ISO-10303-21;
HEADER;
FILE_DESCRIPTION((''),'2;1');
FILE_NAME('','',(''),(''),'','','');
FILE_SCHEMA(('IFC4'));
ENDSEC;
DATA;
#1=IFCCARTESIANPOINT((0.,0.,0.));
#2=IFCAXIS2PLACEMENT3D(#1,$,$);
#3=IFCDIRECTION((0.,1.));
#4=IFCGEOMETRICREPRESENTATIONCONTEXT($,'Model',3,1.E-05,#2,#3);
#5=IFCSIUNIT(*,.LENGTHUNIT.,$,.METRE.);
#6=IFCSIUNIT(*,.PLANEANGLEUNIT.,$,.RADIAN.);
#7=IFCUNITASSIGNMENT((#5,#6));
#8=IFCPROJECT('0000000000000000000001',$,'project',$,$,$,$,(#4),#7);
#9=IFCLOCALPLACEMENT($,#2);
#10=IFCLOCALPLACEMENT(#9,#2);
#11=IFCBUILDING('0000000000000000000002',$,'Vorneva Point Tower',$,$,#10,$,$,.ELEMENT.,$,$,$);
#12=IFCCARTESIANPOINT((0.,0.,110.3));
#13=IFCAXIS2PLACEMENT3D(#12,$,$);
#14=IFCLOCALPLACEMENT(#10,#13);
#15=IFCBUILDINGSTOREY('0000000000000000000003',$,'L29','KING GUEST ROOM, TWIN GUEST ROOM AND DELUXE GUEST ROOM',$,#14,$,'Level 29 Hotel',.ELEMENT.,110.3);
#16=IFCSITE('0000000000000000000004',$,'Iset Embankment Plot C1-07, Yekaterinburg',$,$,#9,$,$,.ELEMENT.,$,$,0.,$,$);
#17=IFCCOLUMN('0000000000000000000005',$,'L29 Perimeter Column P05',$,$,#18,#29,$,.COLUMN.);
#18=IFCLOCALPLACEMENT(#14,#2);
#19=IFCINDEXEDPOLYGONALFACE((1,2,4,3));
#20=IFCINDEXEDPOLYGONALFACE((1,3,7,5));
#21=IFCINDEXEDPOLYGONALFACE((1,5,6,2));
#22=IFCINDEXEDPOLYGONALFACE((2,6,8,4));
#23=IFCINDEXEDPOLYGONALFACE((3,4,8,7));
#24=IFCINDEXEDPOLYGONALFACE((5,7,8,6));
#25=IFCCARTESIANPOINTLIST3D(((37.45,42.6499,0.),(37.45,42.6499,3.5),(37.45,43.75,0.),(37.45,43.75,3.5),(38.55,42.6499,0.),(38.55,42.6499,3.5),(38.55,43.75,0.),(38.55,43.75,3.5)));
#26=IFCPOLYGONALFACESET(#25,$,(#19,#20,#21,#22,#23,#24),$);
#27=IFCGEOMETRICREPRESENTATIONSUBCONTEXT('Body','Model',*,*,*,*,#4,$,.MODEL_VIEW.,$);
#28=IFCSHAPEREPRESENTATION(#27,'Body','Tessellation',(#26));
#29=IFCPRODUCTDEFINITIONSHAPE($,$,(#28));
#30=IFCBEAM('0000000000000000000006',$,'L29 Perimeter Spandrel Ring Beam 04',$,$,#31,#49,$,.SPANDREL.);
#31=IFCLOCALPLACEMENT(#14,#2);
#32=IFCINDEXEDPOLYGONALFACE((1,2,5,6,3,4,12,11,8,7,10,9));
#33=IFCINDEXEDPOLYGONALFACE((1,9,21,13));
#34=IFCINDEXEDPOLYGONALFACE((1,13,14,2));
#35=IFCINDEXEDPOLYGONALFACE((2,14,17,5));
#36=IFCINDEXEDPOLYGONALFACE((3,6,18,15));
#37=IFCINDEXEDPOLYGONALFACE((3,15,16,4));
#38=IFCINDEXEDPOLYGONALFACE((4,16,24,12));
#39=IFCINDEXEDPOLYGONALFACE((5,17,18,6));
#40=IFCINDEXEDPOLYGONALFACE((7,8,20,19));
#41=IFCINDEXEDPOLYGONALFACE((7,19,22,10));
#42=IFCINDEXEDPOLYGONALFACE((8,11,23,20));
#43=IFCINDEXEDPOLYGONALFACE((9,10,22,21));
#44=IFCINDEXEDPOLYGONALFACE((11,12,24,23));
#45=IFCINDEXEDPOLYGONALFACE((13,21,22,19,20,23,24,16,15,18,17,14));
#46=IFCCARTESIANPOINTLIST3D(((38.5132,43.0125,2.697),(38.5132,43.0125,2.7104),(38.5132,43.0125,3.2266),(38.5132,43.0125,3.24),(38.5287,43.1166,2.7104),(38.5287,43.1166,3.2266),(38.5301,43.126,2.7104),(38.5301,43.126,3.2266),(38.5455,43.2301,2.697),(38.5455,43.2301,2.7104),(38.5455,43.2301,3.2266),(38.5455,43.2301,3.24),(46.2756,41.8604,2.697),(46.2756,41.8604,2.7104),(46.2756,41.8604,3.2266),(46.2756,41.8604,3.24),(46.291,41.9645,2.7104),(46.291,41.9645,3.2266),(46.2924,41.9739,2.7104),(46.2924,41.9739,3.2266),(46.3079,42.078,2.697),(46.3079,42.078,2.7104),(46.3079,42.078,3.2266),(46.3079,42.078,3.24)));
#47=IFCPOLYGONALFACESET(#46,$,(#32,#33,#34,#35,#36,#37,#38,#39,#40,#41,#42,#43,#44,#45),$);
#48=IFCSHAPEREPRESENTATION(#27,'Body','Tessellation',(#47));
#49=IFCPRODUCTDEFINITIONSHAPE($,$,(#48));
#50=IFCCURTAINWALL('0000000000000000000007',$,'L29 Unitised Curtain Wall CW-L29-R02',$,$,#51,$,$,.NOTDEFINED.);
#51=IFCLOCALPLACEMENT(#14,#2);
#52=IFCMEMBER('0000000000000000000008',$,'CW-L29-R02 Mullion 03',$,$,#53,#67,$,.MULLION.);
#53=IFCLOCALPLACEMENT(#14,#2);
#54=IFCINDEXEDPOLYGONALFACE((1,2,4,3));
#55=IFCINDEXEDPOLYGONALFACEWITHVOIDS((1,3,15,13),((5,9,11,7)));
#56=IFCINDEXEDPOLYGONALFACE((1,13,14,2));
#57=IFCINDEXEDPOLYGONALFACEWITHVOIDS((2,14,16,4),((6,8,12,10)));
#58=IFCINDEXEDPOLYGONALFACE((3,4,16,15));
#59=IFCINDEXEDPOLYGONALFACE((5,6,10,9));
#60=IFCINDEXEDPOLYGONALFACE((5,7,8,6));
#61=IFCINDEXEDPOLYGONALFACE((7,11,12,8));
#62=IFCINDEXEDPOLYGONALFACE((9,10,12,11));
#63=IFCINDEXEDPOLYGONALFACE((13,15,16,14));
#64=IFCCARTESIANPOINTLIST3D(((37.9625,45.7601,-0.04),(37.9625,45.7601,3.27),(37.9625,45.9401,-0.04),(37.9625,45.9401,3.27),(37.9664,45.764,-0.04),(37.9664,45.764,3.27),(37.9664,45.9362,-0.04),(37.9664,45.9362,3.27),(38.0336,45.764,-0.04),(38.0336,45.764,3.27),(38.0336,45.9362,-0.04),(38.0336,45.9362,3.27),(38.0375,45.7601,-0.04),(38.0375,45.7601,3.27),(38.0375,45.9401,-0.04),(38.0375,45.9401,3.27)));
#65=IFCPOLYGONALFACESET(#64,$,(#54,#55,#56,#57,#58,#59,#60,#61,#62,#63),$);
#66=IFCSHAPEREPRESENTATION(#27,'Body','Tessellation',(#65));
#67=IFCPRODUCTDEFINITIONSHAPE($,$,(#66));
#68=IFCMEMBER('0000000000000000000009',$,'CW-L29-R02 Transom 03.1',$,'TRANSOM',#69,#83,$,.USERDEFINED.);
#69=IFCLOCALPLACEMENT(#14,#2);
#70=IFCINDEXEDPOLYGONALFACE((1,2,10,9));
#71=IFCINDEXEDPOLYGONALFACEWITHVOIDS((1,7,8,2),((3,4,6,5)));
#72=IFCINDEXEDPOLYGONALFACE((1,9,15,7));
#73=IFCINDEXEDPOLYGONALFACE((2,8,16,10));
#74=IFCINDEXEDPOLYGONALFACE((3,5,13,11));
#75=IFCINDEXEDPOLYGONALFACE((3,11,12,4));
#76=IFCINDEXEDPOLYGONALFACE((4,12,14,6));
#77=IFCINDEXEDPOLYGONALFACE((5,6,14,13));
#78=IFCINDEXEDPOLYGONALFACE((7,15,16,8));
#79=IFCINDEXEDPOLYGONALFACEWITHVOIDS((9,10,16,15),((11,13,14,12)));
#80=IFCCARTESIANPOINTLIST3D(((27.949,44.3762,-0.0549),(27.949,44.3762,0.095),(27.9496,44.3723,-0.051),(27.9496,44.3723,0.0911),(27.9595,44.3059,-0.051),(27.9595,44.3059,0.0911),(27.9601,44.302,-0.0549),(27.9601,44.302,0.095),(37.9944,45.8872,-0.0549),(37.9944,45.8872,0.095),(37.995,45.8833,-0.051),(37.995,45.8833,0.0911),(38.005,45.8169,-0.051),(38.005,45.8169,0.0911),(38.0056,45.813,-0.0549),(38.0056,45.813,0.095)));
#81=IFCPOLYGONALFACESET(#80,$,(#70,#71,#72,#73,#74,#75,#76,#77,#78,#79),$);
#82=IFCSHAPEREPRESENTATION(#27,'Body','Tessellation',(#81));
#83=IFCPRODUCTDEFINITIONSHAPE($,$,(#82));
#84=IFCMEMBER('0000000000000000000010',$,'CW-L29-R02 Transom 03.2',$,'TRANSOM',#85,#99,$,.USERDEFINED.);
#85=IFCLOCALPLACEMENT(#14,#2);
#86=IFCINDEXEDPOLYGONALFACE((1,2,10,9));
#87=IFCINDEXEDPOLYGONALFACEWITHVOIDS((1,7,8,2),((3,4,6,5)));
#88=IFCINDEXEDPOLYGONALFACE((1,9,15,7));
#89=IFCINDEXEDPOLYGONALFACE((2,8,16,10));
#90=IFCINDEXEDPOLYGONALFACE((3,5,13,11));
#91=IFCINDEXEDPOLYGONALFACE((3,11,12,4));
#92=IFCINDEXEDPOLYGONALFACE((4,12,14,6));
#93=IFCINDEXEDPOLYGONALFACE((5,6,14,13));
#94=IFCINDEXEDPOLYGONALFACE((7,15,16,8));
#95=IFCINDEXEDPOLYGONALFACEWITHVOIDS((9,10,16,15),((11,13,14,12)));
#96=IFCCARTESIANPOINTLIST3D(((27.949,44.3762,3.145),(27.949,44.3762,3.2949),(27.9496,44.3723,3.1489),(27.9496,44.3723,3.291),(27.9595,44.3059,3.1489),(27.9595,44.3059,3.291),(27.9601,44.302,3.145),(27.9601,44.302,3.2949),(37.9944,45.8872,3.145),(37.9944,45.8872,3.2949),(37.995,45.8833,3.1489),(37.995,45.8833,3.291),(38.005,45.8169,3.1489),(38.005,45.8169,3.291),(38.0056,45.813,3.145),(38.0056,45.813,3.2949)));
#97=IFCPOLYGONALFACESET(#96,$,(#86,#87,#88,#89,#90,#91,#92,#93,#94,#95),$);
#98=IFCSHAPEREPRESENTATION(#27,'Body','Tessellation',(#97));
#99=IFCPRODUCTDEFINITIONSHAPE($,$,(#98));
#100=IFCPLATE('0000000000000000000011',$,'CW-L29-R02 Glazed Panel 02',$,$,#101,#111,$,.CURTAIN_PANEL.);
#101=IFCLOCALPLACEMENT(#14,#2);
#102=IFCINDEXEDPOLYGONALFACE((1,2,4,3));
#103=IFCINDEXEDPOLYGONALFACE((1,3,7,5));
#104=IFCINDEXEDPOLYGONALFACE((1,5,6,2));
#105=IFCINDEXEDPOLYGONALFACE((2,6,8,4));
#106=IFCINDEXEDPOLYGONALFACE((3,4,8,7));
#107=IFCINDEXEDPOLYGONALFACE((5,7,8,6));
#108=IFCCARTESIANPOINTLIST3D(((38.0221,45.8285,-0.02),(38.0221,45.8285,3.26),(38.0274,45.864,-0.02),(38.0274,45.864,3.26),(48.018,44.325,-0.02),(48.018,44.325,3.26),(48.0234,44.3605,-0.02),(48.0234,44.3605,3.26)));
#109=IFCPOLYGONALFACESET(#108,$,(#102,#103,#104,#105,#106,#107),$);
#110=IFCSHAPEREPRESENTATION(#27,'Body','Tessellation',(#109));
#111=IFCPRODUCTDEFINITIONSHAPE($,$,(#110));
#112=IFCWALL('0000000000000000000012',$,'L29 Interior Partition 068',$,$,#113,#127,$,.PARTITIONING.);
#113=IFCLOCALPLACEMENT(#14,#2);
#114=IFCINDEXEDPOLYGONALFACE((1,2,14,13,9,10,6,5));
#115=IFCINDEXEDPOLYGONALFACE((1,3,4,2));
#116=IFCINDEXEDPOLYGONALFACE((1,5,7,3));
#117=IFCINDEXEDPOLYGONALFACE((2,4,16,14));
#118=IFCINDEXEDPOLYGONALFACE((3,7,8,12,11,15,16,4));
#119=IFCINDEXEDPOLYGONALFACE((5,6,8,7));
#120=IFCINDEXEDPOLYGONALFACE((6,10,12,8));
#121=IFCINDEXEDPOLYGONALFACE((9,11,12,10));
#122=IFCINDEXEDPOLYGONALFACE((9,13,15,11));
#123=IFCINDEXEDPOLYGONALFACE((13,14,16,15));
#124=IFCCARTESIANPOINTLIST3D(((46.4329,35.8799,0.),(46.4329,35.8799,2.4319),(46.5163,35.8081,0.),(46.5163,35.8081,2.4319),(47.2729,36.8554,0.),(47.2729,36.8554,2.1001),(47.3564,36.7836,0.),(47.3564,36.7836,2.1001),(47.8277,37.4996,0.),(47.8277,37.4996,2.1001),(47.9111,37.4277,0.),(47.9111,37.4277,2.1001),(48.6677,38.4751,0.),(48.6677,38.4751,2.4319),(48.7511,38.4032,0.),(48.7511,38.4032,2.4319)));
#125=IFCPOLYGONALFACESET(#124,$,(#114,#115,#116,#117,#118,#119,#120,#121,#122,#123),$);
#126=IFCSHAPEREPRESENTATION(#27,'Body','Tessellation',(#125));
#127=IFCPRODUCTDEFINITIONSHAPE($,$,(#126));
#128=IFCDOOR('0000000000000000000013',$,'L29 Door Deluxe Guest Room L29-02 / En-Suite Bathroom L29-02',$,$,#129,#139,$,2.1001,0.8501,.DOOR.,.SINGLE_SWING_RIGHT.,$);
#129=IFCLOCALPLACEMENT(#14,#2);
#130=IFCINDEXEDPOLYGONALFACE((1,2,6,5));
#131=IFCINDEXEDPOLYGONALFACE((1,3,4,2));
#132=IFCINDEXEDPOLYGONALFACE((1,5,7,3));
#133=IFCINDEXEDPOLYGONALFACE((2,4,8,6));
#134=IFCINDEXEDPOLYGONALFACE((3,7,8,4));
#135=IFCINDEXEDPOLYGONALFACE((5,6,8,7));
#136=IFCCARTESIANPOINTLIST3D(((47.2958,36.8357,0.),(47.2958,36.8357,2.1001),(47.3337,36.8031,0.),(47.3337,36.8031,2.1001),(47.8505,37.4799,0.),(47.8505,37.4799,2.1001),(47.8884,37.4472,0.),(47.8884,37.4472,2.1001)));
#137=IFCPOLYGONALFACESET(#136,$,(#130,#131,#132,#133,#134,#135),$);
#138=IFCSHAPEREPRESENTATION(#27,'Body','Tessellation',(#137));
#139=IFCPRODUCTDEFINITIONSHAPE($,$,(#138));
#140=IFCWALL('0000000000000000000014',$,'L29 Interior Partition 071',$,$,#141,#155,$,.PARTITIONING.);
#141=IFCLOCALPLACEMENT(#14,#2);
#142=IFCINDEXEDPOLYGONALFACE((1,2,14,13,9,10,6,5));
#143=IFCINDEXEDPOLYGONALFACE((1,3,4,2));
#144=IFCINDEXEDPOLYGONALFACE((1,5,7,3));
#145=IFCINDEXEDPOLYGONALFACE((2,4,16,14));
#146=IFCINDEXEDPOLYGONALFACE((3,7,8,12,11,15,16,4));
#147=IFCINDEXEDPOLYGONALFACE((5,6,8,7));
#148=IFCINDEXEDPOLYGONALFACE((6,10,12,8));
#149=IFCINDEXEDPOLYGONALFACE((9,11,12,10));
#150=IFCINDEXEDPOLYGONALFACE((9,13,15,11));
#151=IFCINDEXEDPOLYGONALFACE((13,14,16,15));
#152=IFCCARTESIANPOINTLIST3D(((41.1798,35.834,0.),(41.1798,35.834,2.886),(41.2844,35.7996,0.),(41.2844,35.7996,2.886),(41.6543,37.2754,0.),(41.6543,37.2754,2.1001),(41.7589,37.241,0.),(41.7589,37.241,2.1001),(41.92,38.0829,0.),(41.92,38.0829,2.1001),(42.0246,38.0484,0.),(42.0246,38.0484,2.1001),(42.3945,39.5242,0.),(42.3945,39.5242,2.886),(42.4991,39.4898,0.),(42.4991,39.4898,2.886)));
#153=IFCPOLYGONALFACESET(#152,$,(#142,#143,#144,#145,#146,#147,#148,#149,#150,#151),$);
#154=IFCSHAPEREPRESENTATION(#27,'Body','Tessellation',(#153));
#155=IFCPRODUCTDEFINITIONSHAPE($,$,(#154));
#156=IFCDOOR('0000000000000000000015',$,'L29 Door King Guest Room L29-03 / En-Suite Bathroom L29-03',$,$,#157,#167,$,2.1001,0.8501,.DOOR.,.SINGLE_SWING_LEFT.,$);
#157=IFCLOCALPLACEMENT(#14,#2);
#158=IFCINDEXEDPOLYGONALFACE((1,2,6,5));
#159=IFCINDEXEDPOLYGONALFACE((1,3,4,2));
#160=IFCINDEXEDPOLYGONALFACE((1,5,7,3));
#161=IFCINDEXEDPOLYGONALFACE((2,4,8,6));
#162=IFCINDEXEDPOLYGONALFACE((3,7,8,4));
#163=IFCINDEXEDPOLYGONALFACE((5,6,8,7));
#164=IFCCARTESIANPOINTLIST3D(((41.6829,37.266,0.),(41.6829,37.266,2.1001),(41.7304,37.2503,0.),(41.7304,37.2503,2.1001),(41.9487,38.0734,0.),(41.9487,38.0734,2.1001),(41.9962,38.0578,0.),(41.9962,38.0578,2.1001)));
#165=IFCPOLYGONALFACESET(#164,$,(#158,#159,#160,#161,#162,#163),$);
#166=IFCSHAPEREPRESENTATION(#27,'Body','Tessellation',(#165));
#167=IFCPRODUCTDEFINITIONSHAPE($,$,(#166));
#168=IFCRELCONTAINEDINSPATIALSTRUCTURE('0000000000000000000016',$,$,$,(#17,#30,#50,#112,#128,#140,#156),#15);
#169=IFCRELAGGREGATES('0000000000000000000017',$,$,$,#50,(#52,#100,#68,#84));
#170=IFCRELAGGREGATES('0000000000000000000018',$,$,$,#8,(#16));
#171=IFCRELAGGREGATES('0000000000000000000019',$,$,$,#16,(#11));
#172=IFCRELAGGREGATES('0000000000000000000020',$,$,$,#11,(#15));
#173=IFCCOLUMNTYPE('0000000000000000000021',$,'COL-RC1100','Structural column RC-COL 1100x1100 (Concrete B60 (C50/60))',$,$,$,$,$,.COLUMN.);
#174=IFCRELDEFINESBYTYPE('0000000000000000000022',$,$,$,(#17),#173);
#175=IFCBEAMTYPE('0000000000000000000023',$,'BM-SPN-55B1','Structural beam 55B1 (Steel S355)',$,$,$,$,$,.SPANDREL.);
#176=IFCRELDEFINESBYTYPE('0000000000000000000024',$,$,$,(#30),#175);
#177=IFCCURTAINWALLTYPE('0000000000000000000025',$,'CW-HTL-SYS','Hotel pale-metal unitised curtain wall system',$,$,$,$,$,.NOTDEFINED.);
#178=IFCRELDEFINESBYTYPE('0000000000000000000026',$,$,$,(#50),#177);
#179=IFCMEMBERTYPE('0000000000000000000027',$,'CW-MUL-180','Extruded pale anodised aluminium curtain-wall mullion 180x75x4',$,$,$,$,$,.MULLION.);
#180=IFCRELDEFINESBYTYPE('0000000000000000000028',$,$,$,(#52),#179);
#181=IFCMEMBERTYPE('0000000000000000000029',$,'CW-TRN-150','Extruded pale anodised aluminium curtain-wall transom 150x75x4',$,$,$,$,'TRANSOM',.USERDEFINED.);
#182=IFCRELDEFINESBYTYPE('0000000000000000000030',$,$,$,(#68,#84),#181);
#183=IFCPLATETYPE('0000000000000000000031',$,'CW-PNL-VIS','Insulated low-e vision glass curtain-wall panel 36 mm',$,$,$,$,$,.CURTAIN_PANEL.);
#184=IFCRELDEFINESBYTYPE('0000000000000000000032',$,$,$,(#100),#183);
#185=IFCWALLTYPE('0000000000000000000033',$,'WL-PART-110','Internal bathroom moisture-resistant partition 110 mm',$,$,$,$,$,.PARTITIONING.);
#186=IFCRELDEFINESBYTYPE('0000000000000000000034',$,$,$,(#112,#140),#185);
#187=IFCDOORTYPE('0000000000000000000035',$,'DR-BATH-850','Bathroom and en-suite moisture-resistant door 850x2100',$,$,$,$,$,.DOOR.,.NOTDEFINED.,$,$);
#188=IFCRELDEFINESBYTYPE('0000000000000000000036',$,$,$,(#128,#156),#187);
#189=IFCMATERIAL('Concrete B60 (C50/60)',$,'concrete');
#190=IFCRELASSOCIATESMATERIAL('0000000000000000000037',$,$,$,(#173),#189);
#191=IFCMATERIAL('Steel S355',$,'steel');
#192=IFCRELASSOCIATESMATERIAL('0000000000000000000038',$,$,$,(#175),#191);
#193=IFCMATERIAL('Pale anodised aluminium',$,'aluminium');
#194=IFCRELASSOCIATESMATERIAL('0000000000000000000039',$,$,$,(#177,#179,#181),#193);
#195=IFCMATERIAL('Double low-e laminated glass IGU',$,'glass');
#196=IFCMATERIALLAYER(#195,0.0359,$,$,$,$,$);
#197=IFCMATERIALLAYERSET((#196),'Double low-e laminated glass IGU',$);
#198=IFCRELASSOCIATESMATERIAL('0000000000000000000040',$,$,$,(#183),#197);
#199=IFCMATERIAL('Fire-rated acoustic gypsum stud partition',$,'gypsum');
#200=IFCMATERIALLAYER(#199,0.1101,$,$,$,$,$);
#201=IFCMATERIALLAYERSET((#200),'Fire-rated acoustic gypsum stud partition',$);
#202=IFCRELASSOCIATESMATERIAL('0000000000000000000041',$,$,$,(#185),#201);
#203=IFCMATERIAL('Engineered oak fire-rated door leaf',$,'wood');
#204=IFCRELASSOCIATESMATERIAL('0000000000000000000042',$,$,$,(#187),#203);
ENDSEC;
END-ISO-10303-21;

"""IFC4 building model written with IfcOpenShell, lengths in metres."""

from ifc_helpers import new_model, si_unit, direction, frame, frame_2d, origin, origin_2d, place, context, subcontext, project, spatial, rectangle, hollow_rectangle, i_section, extrude, material, layer, layer_set, material_profile, profile_set, type_object, element, fill, aggregate, save


model = new_model("IFC4")

# Units and contexts
model_context = context("Model", 3, precision=1e-05, world=origin(), true_north=direction((0.0, 1.0)))
body_context = subcontext(model_context, "Body", "Model", "MODEL_VIEW")
ifc_project = project(units=[si_unit("LENGTHUNIT", "METRE"), si_unit("PLANEANGLEUNIT", "RADIAN")], contexts=[model_context])

# Site, building, storey
site_placement = place(None, origin())
site = spatial("IfcSite", under=ifc_project, at=site_placement, Name="Iset Embankment Plot C1-07, Yekaterinburg", CompositionType="ELEMENT", RefElevation=0.0)
building_placement = place(site_placement, origin())
building = spatial("IfcBuilding", under=site, at=building_placement, Name="Vorneva Point Tower", CompositionType="ELEMENT")
storey_placement = place(building_placement, frame((0.0, 0.0, 110.3)))
storey = spatial("IfcBuildingStorey", under=building, at=storey_placement, Name="L29", Description="KING GUEST ROOM, TWIN GUEST ROOM AND DELUXE GUEST ROOM", LongName="Level 29 Hotel", CompositionType="ELEMENT", Elevation=110.3)

# Column
ifc_material_1 = material(Name="Concrete B60 (C50/60)", Category="concrete")
ifc_material_profile_1 = material_profile(ifc_material_1, rectangle(XDim=1.1001, YDim=1.1001, at=origin_2d()), Name="RC-COL 1100x1100")
ifc_profile_set_1 = profile_set([ifc_material_profile_1], Name="Concrete B60 (C50/60)")
column_type = type_object("IfcColumnType", Name="COL-RC1100", Description="Structural column RC-COL 1100x1100 (Concrete B60 (C50/60))", PredefinedType="COLUMN", material=ifc_profile_set_1)
column_placement = place(storey_placement, frame((38.0, 43.2, 0.0), z_axis=(0.0, 0.0, 1.0), x_axis=(0.0, 1.0, 0.0)))
element("IfcColumn", 1, at=column_placement, inside=storey, type_object=column_type, Name="L29 Perimeter Column P05", PredefinedType="COLUMN", context=body_context, shape_type="SweptSolid", body=[
    extrude(rectangle(XDim=1.1001, YDim=1.1001, at=origin_2d()), origin(), (0.0, 0.0, 1.0), 3.5),
])

# Beam
ifc_material_2 = material(Name="Steel S355", Category="steel")
ifc_material_profile_2 = material_profile(ifc_material_2, i_section(OverallWidth=0.22, OverallDepth=0.543, WebThickness=0.0095, FlangeThickness=0.0134, at=origin_2d()), Name="55B1")
ifc_profile_set_2 = profile_set([ifc_material_profile_2], Name="Steel S355")
beam_type = type_object("IfcBeamType", Name="BM-SPN-55B1", Description="Structural beam 55B1 (Steel S355)", PredefinedType="SPANDREL", material=ifc_profile_set_2)
beam_placement = place(storey_placement, frame((46.2917, 41.9692, 2.9685), z_axis=(-0.989165, 0.146811, 0.0), x_axis=(-0.146811, -0.989165, 0.0)))
element("IfcBeam", 2, at=beam_placement, inside=storey, type_object=beam_type, Name="L29 Perimeter Spandrel Ring Beam 04", PredefinedType="SPANDREL", context=body_context, shape_type="SweptSolid", body=[
    extrude(i_section(OverallWidth=0.22, OverallDepth=0.543, WebThickness=0.0095, FlangeThickness=0.0134, at=origin_2d()), origin(), (0.0, 0.0, 1.0), 7.8474),
])

# Curtain wall, members, plate
ifc_material_3 = material(Name="Pale anodised aluminium", Category="aluminium")
curtain_wall_type = type_object("IfcCurtainWallType", Name="CW-HTL-SYS", Description="Hotel pale-metal unitised curtain wall system", PredefinedType="NOTDEFINED", material=ifc_material_3)
curtain_wall_placement = place(storey_placement, origin())
curtain_wall = element("IfcCurtainWall", 3, at=curtain_wall_placement, inside=storey, type_object=curtain_wall_type, Name="L29 Unitised Curtain Wall CW-L29-R02", PredefinedType="NOTDEFINED")
ifc_material_profile_3 = material_profile(ifc_material_3, hollow_rectangle(XDim=0.075, YDim=0.1799, WallThickness=0.0039, at=origin_2d()), Name="AL-MUL 180x75x4")
ifc_profile_set_3 = profile_set([ifc_material_profile_3], Name="Pale anodised aluminium")
member_type_1 = type_object("IfcMemberType", Name="CW-MUL-180", Description="Extruded pale anodised aluminium curtain-wall mullion 180x75x4", PredefinedType="MULLION", material=ifc_profile_set_3)
member_1_placement = place(storey_placement, frame((38.0, 45.8501, -0.04), z_axis=(0.0, 0.0, 1.0), x_axis=(1.0, 0.0, 0.0)))
member_1 = element("IfcMember", 4, at=member_1_placement, type_object=member_type_1, Name="CW-L29-R02 Mullion 03", PredefinedType="MULLION", context=body_context, shape_type="SweptSolid", body=[
    extrude(hollow_rectangle(XDim=0.075, YDim=0.1799, WallThickness=0.0039, at=origin_2d()), origin(), (0.0, 0.0, 1.0), 3.3101),
])
ifc_material_profile_4 = material_profile(ifc_material_3, hollow_rectangle(XDim=0.075, YDim=0.1499, WallThickness=0.0039, at=origin_2d()), Name="AL-TRN 150x75x4")
ifc_profile_set_4 = profile_set([ifc_material_profile_4], Name="Pale anodised aluminium")
member_type_2 = type_object("IfcMemberType", Name="CW-TRN-150", Description="Extruded pale anodised aluminium curtain-wall transom 150x75x4", ElementType="TRANSOM", PredefinedType="USERDEFINED", material=ifc_profile_set_4)
member_2_placement = place(storey_placement, frame((38.0, 45.8501, 0.02), z_axis=(-0.988876, -0.148742, 0.0), x_axis=(0.148742, -0.988876, 0.0)))
member_2 = element("IfcMember", 5, at=member_2_placement, type_object=member_type_2, Name="CW-L29-R02 Transom 03.1", ObjectType="TRANSOM", PredefinedType="USERDEFINED", context=body_context, shape_type="SweptSolid", body=[
    extrude(hollow_rectangle(XDim=0.075, YDim=0.1499, WallThickness=0.0039, at=origin_2d()), origin(), (0.0, 0.0, 1.0), 10.1584),
])
member_3_placement = place(storey_placement, frame((38.0, 45.8501, 3.22), z_axis=(-0.988876, -0.148742, 0.0), x_axis=(0.148742, -0.988876, 0.0)))
member_3 = element("IfcMember", 6, at=member_3_placement, type_object=member_type_2, Name="CW-L29-R02 Transom 03.2", ObjectType="TRANSOM", PredefinedType="USERDEFINED", context=body_context, shape_type="SweptSolid", body=[
    extrude(hollow_rectangle(XDim=0.075, YDim=0.1499, WallThickness=0.0039, at=origin_2d()), origin(), (0.0, 0.0, 1.0), 10.1584),
])
ifc_material_4 = material(Name="Double low-e laminated glass IGU", Category="glass")
ifc_layer_1 = layer(ifc_material_4, 0.0359)
ifc_layer_set_1 = layer_set([ifc_layer_1], Name="Double low-e laminated glass IGU")
plate_type = type_object("IfcPlateType", Name="CW-PNL-VIS", Description="Insulated low-e vision glass curtain-wall panel 36 mm", PredefinedType="CURTAIN_PANEL", material=ifc_layer_set_1)
plate_placement = place(storey_placement, frame((43.0227, 45.0945, -0.02), z_axis=(0.0, 0.0, 1.0), x_axis=(-0.988876, 0.148741, 0.0)))
plate = element("IfcPlate", 7, at=plate_placement, type_object=plate_type, Name="CW-L29-R02 Glazed Panel 02", PredefinedType="CURTAIN_PANEL", context=body_context, shape_type="SweptSolid", body=[
    extrude(rectangle(XDim=10.1084, YDim=0.0359, at=origin_2d()), origin(), (0.0, 0.0, 1.0), 3.28),
])
aggregate(curtain_wall, [member_1, plate, member_2, member_3])

# Walls, openings, doors
ifc_material_5 = material(Name="Fire-rated acoustic gypsum stud partition", Category="gypsum")
ifc_layer_2 = layer(ifc_material_5, 0.1101)
ifc_layer_set_2 = layer_set([ifc_layer_2], Name="Fire-rated acoustic gypsum stud partition")
wall_type_1 = type_object("IfcWallType", Name="WL-PART-110", Description="Internal bathroom moisture-resistant partition 110 mm", PredefinedType="PARTITIONING", material=ifc_layer_set_2)
wall_1_placement = place(storey_placement, frame((46.4746, 35.844, 0.0), z_axis=(0.0, 0.0, 1.0), x_axis=(0.652539, 0.757755, 0.0)))
wall_1 = element("IfcWall", 8, at=wall_1_placement, inside=storey, type_object=wall_type_1, Name="L29 Interior Partition 068", PredefinedType="PARTITIONING", context=body_context, shape_type="SweptSolid", body=[
    extrude(rectangle(XDim=3.4248, YDim=0.1101, at=frame_2d((1.7124, 0.0))), origin(), (0.0, 0.0, 1.0), 2.4319),
])
opening_1_placement = place(wall_1_placement, frame((1.2874, 0.0, 0.0)))
opening_1 = element("IfcOpeningElement", 9, at=opening_1_placement, cuts=wall_1, PredefinedType="OPENING", context=body_context, shape_type="SweptSolid", body=[
    extrude(rectangle(XDim=0.8501, YDim=2.1001, at=frame_2d((0.425, 1.05))), frame((0.0, 0.0698, 0.0), z_axis=(0.0, -1.0, 0.0), x_axis=(1.0, 0.0, 0.0)), (0.0, 0.0, 1.0), 0.1399),
])
ifc_material_6 = material(Name="Engineered oak fire-rated door leaf", Category="wood")
door_type_1 = type_object("IfcDoorType", Name="DR-BATH-850", Description="Bathroom and en-suite moisture-resistant door 850x2100", OperationType="NOTDEFINED", PredefinedType="DOOR", material=ifc_material_6)
door_1_placement = place(opening_1_placement, origin())
door_1 = element("IfcDoor", 10, at=door_1_placement, inside=storey, type_object=door_type_1, Name="L29 Door Deluxe Guest Room L29-02 / En-Suite Bathroom L29-02", OperationType="SINGLE_SWING_RIGHT", OverallHeight=2.1001, OverallWidth=0.8501, PredefinedType="DOOR", context=body_context, shape_type="SweptSolid", body=[
    extrude(rectangle(XDim=0.8501, YDim=2.1001, at=frame_2d((0.425, 1.05))), frame((0.0, 0.0249, 0.0), z_axis=(0.0, -1.0, 0.0), x_axis=(1.0, 0.0, 0.0)), (0.0, 0.0, 1.0), 0.05),
])
fill(opening_1, door_1)
wall_2_placement = place(storey_placement, frame((41.2322, 35.8169, 0.0), z_axis=(0.0, 0.0, 1.0), x_axis=(0.312643, 0.949871, 0.0)))
wall_2 = element("IfcWall", 11, at=wall_2_placement, inside=storey, type_object=wall_type_1, Name="L29 Interior Partition 071", PredefinedType="PARTITIONING", context=body_context, shape_type="SweptSolid", body=[
    extrude(rectangle(XDim=3.885, YDim=0.1101, at=frame_2d((1.9424, 0.0))), origin(), (0.0, 0.0, 1.0), 2.886),
])
opening_2_placement = place(wall_2_placement, frame((1.5173, 0.0, 0.0)))
opening_2 = element("IfcOpeningElement", 12, at=opening_2_placement, cuts=wall_2, PredefinedType="OPENING", context=body_context, shape_type="SweptSolid", body=[
    extrude(rectangle(XDim=0.8501, YDim=2.1001, at=frame_2d((0.425, 1.05))), frame((0.0, 0.0698, 0.0), z_axis=(0.0, -1.0, 0.0), x_axis=(1.0, 0.0, 0.0)), (0.0, 0.0, 1.0), 0.1399),
])
door_2_placement = place(opening_2_placement, origin())
door_2 = element("IfcDoor", 13, at=door_2_placement, inside=storey, type_object=door_type_1, Name="L29 Door King Guest Room L29-03 / En-Suite Bathroom L29-03", OperationType="SINGLE_SWING_LEFT", OverallHeight=2.1001, OverallWidth=0.8501, PredefinedType="DOOR", context=body_context, shape_type="SweptSolid", body=[
    extrude(rectangle(XDim=0.8501, YDim=2.1001, at=frame_2d((0.425, 1.05))), frame((0.0, 0.0249, 0.0), z_axis=(0.0, -1.0, 0.0), x_axis=(1.0, 0.0, 0.0)), (0.0, 0.0, 1.0), 0.05),
])
fill(opening_2, door_2)

save(model, "model.ifc")
